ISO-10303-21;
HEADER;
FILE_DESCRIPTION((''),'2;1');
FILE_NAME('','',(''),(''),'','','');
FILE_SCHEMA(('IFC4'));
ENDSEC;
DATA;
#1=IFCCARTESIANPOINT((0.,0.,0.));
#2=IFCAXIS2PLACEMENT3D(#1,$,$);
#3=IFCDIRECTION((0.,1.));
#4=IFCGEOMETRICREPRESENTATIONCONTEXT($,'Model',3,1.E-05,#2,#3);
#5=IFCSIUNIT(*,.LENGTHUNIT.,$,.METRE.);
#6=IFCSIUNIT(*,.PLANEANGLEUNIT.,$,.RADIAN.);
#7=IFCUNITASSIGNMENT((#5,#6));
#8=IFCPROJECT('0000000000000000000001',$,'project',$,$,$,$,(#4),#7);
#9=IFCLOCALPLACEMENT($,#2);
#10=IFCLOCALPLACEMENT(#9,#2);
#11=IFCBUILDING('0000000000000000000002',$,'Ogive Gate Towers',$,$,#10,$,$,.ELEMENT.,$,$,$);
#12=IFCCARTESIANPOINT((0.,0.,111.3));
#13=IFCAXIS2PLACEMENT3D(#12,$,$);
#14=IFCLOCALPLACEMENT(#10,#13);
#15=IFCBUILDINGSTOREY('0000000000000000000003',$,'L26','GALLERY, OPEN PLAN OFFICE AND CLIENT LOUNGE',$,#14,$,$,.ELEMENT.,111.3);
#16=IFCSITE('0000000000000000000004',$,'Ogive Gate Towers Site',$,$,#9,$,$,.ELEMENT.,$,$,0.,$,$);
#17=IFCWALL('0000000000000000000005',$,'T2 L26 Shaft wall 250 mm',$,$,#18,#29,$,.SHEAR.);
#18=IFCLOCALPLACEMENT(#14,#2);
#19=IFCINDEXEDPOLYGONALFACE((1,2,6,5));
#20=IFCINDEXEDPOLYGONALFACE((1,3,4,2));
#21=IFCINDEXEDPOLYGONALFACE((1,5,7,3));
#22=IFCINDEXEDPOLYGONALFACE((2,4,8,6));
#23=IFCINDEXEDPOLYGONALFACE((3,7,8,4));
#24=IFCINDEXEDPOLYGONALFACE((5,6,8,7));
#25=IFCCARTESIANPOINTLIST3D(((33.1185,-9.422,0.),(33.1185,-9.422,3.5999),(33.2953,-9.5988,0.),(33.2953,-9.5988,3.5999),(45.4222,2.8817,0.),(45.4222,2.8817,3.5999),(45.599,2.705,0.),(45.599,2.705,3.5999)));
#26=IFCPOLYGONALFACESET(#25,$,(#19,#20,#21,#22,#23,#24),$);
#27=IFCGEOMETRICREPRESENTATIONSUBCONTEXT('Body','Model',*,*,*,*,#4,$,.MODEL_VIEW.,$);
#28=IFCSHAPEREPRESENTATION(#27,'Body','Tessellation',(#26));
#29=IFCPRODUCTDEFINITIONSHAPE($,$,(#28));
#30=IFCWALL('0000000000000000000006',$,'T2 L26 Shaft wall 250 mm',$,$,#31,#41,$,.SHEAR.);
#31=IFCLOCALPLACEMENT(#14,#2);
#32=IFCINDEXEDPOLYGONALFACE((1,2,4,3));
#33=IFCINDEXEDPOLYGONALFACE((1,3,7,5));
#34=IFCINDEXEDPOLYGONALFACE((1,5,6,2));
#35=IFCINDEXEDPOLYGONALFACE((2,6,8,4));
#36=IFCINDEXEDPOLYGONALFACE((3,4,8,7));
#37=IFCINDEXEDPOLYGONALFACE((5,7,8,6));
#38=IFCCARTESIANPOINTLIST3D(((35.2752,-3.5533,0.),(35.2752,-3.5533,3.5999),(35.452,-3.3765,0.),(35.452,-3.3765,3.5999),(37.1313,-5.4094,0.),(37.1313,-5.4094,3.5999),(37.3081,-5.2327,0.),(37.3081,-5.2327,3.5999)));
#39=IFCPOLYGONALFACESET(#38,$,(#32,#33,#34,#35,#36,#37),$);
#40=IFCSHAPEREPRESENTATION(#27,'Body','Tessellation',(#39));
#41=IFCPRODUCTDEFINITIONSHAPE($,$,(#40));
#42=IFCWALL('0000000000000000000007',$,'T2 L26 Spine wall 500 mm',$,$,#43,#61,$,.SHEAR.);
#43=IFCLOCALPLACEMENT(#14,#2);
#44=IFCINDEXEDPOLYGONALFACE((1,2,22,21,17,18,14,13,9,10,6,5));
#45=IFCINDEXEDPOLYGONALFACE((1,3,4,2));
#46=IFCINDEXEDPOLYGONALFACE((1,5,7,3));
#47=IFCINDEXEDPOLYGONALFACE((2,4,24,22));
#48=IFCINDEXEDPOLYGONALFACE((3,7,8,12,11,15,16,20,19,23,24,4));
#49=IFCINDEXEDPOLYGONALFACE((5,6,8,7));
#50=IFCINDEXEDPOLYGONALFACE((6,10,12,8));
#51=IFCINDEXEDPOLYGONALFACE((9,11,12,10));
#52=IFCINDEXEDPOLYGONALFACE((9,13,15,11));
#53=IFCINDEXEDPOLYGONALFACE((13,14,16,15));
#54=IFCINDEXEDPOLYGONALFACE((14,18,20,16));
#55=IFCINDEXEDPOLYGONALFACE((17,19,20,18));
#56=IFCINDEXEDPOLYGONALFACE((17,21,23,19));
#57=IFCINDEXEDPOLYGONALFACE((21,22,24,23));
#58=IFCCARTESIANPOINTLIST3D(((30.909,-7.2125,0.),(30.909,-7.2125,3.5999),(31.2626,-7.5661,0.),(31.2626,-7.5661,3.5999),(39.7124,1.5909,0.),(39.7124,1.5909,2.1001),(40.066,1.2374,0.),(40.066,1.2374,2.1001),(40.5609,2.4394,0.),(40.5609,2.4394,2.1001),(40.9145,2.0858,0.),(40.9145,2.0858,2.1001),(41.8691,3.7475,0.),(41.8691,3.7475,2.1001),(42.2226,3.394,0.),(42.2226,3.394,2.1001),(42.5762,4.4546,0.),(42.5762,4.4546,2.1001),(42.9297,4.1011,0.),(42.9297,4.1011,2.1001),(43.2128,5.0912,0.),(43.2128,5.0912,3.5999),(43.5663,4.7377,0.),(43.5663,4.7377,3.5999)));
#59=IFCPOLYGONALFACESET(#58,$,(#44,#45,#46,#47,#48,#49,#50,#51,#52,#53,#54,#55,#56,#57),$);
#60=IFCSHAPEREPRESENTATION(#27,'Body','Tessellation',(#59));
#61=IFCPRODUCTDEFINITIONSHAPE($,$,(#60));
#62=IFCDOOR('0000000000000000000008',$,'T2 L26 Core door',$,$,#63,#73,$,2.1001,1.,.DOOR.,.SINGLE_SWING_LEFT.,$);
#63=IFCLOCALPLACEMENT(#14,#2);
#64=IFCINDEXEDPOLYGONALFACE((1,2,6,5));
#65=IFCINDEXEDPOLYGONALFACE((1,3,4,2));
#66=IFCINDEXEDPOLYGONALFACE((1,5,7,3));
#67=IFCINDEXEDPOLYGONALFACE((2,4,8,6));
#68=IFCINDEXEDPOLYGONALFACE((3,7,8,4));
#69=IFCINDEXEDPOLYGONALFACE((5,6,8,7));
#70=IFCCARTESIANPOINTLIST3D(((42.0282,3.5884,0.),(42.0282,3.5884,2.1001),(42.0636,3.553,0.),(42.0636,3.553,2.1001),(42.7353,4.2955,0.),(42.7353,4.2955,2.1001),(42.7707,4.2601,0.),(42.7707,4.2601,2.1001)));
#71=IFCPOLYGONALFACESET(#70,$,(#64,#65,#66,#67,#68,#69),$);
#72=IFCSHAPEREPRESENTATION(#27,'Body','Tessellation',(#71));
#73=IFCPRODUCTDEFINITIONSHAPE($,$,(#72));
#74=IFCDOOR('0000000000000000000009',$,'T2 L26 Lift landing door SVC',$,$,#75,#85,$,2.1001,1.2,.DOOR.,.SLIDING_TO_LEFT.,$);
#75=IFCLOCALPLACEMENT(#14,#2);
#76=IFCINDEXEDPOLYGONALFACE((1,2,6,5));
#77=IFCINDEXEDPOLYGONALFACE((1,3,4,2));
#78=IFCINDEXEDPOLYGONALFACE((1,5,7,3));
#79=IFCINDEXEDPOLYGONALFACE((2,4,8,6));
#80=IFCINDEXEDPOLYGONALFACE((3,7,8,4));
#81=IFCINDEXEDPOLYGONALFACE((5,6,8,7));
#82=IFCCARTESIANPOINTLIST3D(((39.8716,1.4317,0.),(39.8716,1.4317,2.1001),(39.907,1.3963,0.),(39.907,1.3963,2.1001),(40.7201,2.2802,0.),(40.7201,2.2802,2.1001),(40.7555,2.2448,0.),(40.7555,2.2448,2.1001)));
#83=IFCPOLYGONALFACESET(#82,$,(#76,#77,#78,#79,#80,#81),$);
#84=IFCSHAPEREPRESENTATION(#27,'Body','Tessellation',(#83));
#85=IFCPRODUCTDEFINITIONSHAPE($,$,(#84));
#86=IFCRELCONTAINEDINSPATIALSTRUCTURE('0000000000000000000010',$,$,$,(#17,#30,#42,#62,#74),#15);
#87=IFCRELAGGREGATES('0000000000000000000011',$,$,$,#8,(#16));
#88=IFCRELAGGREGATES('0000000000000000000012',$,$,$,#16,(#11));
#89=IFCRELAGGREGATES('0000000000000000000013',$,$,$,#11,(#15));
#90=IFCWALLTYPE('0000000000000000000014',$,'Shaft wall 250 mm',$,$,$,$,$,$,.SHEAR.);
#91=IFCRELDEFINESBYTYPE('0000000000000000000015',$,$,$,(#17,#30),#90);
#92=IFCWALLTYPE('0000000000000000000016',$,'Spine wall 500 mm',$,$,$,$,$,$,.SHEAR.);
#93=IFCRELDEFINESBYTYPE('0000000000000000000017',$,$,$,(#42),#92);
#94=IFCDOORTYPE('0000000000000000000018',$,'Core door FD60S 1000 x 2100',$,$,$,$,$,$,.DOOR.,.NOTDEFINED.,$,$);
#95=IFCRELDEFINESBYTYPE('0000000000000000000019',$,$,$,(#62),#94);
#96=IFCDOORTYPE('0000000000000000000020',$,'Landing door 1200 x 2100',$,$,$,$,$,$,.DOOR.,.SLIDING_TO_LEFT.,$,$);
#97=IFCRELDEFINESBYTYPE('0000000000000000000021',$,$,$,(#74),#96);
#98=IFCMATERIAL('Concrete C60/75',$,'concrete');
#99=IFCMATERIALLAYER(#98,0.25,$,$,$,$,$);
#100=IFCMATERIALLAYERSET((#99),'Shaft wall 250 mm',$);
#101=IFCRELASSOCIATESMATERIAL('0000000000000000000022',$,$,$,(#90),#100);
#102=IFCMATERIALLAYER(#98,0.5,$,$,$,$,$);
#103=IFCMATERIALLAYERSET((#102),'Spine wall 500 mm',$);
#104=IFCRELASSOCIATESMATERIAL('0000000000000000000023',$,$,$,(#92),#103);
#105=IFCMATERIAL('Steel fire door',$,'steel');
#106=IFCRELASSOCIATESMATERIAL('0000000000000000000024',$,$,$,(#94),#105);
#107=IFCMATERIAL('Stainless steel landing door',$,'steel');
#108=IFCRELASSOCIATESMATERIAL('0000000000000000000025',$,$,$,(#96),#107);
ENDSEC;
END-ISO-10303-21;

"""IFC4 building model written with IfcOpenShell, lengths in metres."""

from ifc_helpers import new_model, si_unit, direction, frame, frame_2d, origin, place, context, subcontext, project, spatial, rectangle, extrude, material, layer, layer_set, type_object, element, fill, save


model = new_model("IFC4")

# Units and contexts
model_context = context("Model", 3, precision=1e-05, world=origin(), true_north=direction((0.0, 1.0)))
body_context = subcontext(model_context, "Body", "Model", "MODEL_VIEW")
ifc_project = project(units=[si_unit("LENGTHUNIT", "METRE"), si_unit("PLANEANGLEUNIT", "RADIAN")], contexts=[model_context])

# Site, building, storey
site_placement = place(None, origin())
site = spatial("IfcSite", under=ifc_project, at=site_placement, Name="Ogive Gate Towers Site", CompositionType="ELEMENT", RefElevation=0.0)
building_placement = place(site_placement, origin())
building = spatial("IfcBuilding", under=site, at=building_placement, Name="Ogive Gate Towers", CompositionType="ELEMENT")
storey_placement = place(building_placement, frame((0.0, 0.0, 111.3)))
storey = spatial("IfcBuildingStorey", under=building, at=storey_placement, Name="L26", Description="GALLERY, OPEN PLAN OFFICE AND CLIENT LOUNGE", CompositionType="ELEMENT", Elevation=111.3)

# Shared definitions
ifc_material_1 = material(Name="Concrete C60/75", Category="concrete")
ifc_material_2 = material(Name="Steel fire door", Category="steel")

# Walls
ifc_layer_1 = layer(ifc_material_1, 0.25)
ifc_layer_set_1 = layer_set([ifc_layer_1], Name="Shaft wall 250 mm")
wall_type_1 = type_object("IfcWallType", Name="Shaft wall 250 mm", PredefinedType="SHEAR", material=ifc_layer_set_1)
wall_1_placement = place(storey_placement, frame((33.2068, -9.5105, 0.0), z_axis=(0.0, 0.0, 1.0), x_axis=(0.707107, 0.707107, 0.0)))
element("IfcWall", 1, at=wall_1_placement, inside=storey, type_object=wall_type_1, Name="T2 L26 Shaft wall 250 mm", PredefinedType="SHEAR", context=body_context, shape_type="SweptSolid", body=[
    extrude(rectangle(XDim=17.4001, YDim=0.25, at=frame_2d((8.7002, 0.0))), origin(), (0.0, 0.0, 1.0), 3.5999),
])
wall_2_placement = place(storey_placement, frame((37.2197, -5.321, 0.0), z_axis=(0.0, 0.0, 1.0), x_axis=(-0.707107, 0.707107, 0.0)))
element("IfcWall", 2, at=wall_2_placement, inside=storey, type_object=wall_type_1, Name="T2 L26 Shaft wall 250 mm", PredefinedType="SHEAR", context=body_context, shape_type="SweptSolid", body=[
    extrude(rectangle(XDim=2.625, YDim=0.25, at=frame_2d((1.3125, 0.0))), origin(), (0.0, 0.0, 1.0), 3.5999),
])

# Wall, openings, doors
ifc_layer_2 = layer(ifc_material_1, 0.5)
ifc_layer_set_2 = layer_set([ifc_layer_2], Name="Spine wall 500 mm")
wall_type_2 = type_object("IfcWallType", Name="Spine wall 500 mm", PredefinedType="SHEAR", material=ifc_layer_set_2)
wall_3_placement = place(storey_placement, frame((31.0857, -7.3894, 0.0), z_axis=(0.0, 0.0, 1.0), x_axis=(0.707107, 0.707107, 0.0)))
wall_3 = element("IfcWall", 3, at=wall_3_placement, inside=storey, type_object=wall_type_2, Name="T2 L26 Spine wall 500 mm", PredefinedType="SHEAR", context=body_context, shape_type="SweptSolid", body=[
    extrude(rectangle(XDim=17.4001, YDim=0.5, at=frame_2d((8.7002, 0.0))), origin(), (0.0, 0.0, 1.0), 3.5999),
])
opening_1_placement = place(wall_3_placement, frame((12.45, 0.0, 0.0)))
opening_1 = element("IfcOpeningElement", 4, at=opening_1_placement, cuts=wall_3, PredefinedType="OPENING", context=body_context, shape_type="SweptSolid", body=[
    extrude(rectangle(XDim=1.2, YDim=2.1001, at=frame_2d((0.6001, 1.05))), frame((0.0, 0.26, 0.0), z_axis=(0.0, -1.0, 0.0), x_axis=(1.0, 0.0, 0.0)), (0.0, 0.0, 1.0), 0.52),
])
opening_2_placement = place(wall_3_placement, frame((15.5, 0.0, 0.0)))
opening_2 = element("IfcOpeningElement", 5, at=opening_2_placement, cuts=wall_3, PredefinedType="OPENING", context=body_context, shape_type="SweptSolid", body=[
    extrude(rectangle(XDim=1.0, YDim=2.1001, at=frame_2d((0.5, 1.05))), frame((0.0, 0.26, 0.0), z_axis=(0.0, -1.0, 0.0), x_axis=(1.0, 0.0, 0.0)), (0.0, 0.0, 1.0), 0.52),
])
door_type_1 = type_object("IfcDoorType", Name="Core door FD60S 1000 x 2100", OperationType="NOTDEFINED", PredefinedType="DOOR", material=ifc_material_2)
door_1_placement = place(opening_2_placement, origin())
door_1 = element("IfcDoor", 6, at=door_1_placement, inside=storey, type_object=door_type_1, Name="T2 L26 Core door", OperationType="SINGLE_SWING_LEFT", OverallHeight=2.1001, OverallWidth=1.0, PredefinedType="DOOR", context=body_context, shape_type="SweptSolid", body=[
    extrude(rectangle(XDim=1.0, YDim=2.1001, at=frame_2d((0.5, 1.05))), frame((0.0, 0.0249, 0.0), z_axis=(0.0, -1.0, 0.0), x_axis=(1.0, 0.0, 0.0)), (0.0, 0.0, 1.0), 0.05),
])
fill(opening_2, door_1)
ifc_material_3 = material(Name="Stainless steel landing door", Category="steel")
door_type_2 = type_object("IfcDoorType", Name="Landing door 1200 x 2100", OperationType="SLIDING_TO_LEFT", PredefinedType="DOOR", material=ifc_material_3)
door_2_placement = place(opening_1_placement, origin())
door_2 = element("IfcDoor", 7, at=door_2_placement, inside=storey, type_object=door_type_2, Name="T2 L26 Lift landing door SVC", OperationType="SLIDING_TO_LEFT", OverallHeight=2.1001, OverallWidth=1.2, PredefinedType="DOOR", context=body_context, shape_type="SweptSolid", body=[
    extrude(rectangle(XDim=1.2, YDim=2.1001, at=frame_2d((0.6001, 1.05))), frame((0.0, 0.0249, 0.0), z_axis=(0.0, -1.0, 0.0), x_axis=(1.0, 0.0, 0.0)), (0.0, 0.0, 1.0), 0.05),
])
fill(opening_1, door_2)

save(model, "model.ifc")
